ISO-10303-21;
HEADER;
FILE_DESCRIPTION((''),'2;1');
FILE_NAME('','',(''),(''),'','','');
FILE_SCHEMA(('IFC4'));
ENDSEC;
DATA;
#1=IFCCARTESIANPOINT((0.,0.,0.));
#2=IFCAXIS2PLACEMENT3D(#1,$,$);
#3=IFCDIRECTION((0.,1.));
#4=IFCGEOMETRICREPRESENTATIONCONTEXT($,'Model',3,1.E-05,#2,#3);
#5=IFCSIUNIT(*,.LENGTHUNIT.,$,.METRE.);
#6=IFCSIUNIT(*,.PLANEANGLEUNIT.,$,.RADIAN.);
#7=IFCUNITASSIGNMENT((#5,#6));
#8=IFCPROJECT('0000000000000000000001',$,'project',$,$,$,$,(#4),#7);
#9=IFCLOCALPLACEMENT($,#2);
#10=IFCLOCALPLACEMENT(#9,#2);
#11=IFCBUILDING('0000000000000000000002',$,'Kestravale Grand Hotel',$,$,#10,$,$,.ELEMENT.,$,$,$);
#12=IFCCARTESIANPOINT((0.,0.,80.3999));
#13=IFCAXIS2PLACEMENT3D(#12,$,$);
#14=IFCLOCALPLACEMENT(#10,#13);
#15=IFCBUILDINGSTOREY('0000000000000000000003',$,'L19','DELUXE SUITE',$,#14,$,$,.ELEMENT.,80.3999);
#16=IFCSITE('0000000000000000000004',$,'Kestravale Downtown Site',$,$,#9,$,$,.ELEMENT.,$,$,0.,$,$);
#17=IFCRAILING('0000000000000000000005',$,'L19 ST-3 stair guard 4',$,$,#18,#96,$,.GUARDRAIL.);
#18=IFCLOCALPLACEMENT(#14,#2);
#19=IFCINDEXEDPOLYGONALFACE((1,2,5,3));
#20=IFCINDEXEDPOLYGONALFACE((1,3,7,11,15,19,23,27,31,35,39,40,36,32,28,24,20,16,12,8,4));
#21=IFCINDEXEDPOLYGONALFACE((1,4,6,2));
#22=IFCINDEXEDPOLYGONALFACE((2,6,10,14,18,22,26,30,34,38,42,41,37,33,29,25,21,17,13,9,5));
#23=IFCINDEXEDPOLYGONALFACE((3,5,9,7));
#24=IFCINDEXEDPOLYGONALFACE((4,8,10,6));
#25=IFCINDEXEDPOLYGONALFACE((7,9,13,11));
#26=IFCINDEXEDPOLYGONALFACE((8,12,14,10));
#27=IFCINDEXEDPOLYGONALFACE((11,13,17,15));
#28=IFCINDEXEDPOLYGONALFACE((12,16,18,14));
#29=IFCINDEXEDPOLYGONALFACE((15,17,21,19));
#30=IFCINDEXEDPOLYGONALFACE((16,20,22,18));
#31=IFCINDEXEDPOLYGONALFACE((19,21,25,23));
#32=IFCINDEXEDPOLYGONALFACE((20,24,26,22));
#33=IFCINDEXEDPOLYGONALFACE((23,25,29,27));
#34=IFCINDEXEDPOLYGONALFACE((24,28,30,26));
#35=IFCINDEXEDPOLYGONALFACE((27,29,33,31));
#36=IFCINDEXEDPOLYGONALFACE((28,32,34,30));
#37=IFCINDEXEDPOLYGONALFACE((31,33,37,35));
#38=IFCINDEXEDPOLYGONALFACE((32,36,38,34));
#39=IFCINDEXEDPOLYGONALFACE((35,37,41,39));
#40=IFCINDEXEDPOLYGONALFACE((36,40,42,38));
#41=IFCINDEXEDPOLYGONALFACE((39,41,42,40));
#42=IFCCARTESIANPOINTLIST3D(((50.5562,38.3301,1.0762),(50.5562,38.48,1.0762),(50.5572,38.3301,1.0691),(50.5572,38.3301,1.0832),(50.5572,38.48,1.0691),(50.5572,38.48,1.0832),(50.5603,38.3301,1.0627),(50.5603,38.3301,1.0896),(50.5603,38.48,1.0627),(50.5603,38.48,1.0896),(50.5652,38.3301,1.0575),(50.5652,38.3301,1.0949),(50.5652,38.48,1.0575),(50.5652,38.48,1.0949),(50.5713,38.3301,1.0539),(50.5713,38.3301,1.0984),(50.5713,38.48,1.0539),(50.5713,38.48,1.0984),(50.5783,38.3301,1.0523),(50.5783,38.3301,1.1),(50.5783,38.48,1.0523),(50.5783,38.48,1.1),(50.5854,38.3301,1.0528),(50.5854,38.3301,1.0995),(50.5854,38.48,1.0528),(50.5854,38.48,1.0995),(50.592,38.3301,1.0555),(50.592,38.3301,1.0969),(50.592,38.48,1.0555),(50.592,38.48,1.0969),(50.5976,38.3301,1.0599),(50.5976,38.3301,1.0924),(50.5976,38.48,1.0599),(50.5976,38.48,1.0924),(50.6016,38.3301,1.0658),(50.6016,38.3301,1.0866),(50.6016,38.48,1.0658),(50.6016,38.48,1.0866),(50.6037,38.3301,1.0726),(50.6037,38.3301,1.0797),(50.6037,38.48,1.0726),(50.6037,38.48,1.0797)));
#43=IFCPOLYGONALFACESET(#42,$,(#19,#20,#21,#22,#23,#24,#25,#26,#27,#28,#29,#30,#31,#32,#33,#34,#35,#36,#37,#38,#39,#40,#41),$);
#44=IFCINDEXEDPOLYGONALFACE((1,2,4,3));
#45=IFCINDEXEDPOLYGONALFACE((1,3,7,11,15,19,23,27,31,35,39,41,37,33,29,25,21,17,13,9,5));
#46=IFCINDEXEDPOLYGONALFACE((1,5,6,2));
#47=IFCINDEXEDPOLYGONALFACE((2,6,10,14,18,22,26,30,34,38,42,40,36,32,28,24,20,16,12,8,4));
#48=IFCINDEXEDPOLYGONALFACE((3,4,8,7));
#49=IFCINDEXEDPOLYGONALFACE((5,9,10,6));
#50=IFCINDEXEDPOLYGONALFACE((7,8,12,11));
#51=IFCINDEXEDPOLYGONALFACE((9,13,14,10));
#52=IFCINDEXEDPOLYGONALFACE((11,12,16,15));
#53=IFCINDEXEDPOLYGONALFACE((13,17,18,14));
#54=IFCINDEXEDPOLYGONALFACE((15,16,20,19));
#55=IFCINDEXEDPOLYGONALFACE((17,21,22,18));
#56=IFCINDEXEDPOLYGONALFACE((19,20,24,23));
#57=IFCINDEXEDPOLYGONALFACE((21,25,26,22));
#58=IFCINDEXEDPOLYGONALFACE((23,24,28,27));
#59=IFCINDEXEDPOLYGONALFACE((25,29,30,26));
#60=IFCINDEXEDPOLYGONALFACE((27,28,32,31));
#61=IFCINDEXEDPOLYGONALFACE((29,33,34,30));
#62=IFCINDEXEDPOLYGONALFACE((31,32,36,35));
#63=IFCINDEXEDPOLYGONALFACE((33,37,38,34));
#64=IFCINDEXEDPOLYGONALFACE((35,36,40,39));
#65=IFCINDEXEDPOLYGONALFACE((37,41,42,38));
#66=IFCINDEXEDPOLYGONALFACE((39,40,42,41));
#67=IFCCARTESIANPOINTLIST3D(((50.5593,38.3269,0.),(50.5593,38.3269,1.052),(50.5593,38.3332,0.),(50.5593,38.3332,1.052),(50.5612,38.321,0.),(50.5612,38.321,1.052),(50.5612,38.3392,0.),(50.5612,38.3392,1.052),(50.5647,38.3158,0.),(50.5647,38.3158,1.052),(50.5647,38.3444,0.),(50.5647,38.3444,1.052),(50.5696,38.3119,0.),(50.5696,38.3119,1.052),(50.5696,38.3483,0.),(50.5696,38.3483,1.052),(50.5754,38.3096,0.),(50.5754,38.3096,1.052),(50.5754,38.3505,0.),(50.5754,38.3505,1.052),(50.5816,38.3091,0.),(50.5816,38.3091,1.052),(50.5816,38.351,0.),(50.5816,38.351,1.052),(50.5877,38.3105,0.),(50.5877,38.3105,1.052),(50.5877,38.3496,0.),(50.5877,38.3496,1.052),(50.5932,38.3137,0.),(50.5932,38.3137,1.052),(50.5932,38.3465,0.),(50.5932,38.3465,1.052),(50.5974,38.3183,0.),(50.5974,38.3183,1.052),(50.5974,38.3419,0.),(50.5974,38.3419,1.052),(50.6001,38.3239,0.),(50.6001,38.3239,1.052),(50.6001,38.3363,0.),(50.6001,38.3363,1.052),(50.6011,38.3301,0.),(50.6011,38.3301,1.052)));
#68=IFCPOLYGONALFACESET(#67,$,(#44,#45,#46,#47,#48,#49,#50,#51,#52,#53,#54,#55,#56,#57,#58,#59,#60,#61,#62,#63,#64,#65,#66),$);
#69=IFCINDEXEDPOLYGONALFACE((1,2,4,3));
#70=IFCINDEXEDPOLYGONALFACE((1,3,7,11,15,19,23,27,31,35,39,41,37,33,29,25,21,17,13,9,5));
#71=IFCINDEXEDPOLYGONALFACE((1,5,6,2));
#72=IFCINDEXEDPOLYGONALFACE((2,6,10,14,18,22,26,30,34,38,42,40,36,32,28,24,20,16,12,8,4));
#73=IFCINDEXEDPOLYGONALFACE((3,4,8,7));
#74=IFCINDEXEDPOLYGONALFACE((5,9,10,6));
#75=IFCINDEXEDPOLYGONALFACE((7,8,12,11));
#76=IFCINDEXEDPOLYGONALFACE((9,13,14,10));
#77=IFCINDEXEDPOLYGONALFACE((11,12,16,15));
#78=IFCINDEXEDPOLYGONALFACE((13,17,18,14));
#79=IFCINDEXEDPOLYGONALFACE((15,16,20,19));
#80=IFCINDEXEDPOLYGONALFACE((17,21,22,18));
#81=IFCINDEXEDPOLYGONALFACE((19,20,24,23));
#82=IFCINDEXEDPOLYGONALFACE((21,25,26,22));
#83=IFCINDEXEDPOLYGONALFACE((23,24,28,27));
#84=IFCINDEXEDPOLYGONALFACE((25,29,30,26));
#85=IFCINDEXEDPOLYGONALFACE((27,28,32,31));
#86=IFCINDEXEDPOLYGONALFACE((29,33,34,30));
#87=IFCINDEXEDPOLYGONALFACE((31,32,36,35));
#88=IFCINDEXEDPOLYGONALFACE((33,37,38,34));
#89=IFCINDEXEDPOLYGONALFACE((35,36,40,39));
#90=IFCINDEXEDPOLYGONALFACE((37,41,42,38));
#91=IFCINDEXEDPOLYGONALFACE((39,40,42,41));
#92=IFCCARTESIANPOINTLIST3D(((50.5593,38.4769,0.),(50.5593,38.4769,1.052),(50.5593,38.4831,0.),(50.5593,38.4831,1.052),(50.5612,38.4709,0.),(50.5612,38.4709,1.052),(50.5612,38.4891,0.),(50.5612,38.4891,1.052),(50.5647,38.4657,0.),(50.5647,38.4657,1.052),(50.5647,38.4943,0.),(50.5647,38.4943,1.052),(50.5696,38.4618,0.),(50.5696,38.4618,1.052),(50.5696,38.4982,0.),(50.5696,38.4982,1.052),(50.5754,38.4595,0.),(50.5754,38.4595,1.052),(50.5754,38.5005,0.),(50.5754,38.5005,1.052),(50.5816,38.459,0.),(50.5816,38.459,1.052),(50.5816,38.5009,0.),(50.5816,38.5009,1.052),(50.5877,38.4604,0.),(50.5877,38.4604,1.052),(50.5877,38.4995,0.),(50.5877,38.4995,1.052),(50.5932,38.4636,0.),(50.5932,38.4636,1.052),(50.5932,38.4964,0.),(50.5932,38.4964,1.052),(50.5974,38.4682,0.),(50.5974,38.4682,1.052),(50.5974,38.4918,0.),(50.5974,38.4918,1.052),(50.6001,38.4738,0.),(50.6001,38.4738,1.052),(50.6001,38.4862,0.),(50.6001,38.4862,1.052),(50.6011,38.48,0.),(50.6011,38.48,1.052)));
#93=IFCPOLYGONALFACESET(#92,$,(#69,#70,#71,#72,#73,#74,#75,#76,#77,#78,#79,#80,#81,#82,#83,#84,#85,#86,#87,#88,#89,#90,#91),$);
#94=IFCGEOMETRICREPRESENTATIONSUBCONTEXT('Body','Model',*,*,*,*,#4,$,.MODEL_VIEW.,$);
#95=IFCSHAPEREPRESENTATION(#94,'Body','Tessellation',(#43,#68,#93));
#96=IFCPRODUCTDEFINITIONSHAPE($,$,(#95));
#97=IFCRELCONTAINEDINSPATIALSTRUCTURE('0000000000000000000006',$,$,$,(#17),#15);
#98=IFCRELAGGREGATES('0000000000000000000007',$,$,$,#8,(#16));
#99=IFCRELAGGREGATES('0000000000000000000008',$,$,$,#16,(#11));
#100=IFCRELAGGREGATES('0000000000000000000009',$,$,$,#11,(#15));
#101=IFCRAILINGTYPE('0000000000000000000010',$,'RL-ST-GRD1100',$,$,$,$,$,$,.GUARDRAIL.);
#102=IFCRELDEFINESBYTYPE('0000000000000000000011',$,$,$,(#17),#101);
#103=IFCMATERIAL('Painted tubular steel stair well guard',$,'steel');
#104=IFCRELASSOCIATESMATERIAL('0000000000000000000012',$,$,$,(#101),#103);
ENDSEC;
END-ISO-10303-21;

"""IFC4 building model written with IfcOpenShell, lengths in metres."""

from ifc_helpers import new_model, si_unit, direction, frame, origin, origin_2d, place, context, subcontext, project, spatial, circle, extrude, material, type_object, element, save


model = new_model("IFC4")

# Units and contexts
model_context = context("Model", 3, precision=1e-05, world=origin(), true_north=direction((0.0, 1.0)))
body_context = subcontext(model_context, "Body", "Model", "MODEL_VIEW")
ifc_project = project(units=[si_unit("LENGTHUNIT", "METRE"), si_unit("PLANEANGLEUNIT", "RADIAN")], contexts=[model_context])

# Site, building, storey
site_placement = place(None, origin())
site = spatial("IfcSite", under=ifc_project, at=site_placement, Name="Kestravale Downtown Site", CompositionType="ELEMENT", RefElevation=0.0)
building_placement = place(site_placement, origin())
building = spatial("IfcBuilding", under=site, at=building_placement, Name="Kestravale Grand Hotel", CompositionType="ELEMENT")
storey_placement = place(building_placement, frame((0.0, 0.0, 80.3999)))
storey = spatial("IfcBuildingStorey", under=building, at=storey_placement, Name="L19", Description="DELUXE SUITE", CompositionType="ELEMENT", Elevation=80.3999)

# Railing
ifc_material_1 = material(Name="Painted tubular steel stair well guard", Category="steel")
railing_type_1 = type_object("IfcRailingType", Name="RL-ST-GRD1100", PredefinedType="GUARDRAIL", material=ifc_material_1)
railing_1_placement = place(storey_placement, frame((50.5801, 38.3301, 0.0)))
element("IfcRailing", 1, at=railing_1_placement, inside=storey, type_object=railing_type_1, Name="L19 ST-3 stair guard 4", PredefinedType="GUARDRAIL", context=body_context, shape_type="SweptSolid", body=[
    extrude(circle(Radius=0.0239, at=origin_2d()), frame((0.0, 0.0, 1.0762), z_axis=(0.0, 1.0, 0.0), x_axis=(-1.0, 0.0, 0.0)), (0.0, 0.0, 1.0), 0.1499),
    extrude(circle(Radius=0.021, at=origin_2d()), origin(), (0.0, 0.0, 1.0), 1.052),
    extrude(circle(Radius=0.021, at=origin_2d()), frame((0.0, 0.1499, 0.0)), (0.0, 0.0, 1.0), 1.052),
])

save(model, "model.ifc")
